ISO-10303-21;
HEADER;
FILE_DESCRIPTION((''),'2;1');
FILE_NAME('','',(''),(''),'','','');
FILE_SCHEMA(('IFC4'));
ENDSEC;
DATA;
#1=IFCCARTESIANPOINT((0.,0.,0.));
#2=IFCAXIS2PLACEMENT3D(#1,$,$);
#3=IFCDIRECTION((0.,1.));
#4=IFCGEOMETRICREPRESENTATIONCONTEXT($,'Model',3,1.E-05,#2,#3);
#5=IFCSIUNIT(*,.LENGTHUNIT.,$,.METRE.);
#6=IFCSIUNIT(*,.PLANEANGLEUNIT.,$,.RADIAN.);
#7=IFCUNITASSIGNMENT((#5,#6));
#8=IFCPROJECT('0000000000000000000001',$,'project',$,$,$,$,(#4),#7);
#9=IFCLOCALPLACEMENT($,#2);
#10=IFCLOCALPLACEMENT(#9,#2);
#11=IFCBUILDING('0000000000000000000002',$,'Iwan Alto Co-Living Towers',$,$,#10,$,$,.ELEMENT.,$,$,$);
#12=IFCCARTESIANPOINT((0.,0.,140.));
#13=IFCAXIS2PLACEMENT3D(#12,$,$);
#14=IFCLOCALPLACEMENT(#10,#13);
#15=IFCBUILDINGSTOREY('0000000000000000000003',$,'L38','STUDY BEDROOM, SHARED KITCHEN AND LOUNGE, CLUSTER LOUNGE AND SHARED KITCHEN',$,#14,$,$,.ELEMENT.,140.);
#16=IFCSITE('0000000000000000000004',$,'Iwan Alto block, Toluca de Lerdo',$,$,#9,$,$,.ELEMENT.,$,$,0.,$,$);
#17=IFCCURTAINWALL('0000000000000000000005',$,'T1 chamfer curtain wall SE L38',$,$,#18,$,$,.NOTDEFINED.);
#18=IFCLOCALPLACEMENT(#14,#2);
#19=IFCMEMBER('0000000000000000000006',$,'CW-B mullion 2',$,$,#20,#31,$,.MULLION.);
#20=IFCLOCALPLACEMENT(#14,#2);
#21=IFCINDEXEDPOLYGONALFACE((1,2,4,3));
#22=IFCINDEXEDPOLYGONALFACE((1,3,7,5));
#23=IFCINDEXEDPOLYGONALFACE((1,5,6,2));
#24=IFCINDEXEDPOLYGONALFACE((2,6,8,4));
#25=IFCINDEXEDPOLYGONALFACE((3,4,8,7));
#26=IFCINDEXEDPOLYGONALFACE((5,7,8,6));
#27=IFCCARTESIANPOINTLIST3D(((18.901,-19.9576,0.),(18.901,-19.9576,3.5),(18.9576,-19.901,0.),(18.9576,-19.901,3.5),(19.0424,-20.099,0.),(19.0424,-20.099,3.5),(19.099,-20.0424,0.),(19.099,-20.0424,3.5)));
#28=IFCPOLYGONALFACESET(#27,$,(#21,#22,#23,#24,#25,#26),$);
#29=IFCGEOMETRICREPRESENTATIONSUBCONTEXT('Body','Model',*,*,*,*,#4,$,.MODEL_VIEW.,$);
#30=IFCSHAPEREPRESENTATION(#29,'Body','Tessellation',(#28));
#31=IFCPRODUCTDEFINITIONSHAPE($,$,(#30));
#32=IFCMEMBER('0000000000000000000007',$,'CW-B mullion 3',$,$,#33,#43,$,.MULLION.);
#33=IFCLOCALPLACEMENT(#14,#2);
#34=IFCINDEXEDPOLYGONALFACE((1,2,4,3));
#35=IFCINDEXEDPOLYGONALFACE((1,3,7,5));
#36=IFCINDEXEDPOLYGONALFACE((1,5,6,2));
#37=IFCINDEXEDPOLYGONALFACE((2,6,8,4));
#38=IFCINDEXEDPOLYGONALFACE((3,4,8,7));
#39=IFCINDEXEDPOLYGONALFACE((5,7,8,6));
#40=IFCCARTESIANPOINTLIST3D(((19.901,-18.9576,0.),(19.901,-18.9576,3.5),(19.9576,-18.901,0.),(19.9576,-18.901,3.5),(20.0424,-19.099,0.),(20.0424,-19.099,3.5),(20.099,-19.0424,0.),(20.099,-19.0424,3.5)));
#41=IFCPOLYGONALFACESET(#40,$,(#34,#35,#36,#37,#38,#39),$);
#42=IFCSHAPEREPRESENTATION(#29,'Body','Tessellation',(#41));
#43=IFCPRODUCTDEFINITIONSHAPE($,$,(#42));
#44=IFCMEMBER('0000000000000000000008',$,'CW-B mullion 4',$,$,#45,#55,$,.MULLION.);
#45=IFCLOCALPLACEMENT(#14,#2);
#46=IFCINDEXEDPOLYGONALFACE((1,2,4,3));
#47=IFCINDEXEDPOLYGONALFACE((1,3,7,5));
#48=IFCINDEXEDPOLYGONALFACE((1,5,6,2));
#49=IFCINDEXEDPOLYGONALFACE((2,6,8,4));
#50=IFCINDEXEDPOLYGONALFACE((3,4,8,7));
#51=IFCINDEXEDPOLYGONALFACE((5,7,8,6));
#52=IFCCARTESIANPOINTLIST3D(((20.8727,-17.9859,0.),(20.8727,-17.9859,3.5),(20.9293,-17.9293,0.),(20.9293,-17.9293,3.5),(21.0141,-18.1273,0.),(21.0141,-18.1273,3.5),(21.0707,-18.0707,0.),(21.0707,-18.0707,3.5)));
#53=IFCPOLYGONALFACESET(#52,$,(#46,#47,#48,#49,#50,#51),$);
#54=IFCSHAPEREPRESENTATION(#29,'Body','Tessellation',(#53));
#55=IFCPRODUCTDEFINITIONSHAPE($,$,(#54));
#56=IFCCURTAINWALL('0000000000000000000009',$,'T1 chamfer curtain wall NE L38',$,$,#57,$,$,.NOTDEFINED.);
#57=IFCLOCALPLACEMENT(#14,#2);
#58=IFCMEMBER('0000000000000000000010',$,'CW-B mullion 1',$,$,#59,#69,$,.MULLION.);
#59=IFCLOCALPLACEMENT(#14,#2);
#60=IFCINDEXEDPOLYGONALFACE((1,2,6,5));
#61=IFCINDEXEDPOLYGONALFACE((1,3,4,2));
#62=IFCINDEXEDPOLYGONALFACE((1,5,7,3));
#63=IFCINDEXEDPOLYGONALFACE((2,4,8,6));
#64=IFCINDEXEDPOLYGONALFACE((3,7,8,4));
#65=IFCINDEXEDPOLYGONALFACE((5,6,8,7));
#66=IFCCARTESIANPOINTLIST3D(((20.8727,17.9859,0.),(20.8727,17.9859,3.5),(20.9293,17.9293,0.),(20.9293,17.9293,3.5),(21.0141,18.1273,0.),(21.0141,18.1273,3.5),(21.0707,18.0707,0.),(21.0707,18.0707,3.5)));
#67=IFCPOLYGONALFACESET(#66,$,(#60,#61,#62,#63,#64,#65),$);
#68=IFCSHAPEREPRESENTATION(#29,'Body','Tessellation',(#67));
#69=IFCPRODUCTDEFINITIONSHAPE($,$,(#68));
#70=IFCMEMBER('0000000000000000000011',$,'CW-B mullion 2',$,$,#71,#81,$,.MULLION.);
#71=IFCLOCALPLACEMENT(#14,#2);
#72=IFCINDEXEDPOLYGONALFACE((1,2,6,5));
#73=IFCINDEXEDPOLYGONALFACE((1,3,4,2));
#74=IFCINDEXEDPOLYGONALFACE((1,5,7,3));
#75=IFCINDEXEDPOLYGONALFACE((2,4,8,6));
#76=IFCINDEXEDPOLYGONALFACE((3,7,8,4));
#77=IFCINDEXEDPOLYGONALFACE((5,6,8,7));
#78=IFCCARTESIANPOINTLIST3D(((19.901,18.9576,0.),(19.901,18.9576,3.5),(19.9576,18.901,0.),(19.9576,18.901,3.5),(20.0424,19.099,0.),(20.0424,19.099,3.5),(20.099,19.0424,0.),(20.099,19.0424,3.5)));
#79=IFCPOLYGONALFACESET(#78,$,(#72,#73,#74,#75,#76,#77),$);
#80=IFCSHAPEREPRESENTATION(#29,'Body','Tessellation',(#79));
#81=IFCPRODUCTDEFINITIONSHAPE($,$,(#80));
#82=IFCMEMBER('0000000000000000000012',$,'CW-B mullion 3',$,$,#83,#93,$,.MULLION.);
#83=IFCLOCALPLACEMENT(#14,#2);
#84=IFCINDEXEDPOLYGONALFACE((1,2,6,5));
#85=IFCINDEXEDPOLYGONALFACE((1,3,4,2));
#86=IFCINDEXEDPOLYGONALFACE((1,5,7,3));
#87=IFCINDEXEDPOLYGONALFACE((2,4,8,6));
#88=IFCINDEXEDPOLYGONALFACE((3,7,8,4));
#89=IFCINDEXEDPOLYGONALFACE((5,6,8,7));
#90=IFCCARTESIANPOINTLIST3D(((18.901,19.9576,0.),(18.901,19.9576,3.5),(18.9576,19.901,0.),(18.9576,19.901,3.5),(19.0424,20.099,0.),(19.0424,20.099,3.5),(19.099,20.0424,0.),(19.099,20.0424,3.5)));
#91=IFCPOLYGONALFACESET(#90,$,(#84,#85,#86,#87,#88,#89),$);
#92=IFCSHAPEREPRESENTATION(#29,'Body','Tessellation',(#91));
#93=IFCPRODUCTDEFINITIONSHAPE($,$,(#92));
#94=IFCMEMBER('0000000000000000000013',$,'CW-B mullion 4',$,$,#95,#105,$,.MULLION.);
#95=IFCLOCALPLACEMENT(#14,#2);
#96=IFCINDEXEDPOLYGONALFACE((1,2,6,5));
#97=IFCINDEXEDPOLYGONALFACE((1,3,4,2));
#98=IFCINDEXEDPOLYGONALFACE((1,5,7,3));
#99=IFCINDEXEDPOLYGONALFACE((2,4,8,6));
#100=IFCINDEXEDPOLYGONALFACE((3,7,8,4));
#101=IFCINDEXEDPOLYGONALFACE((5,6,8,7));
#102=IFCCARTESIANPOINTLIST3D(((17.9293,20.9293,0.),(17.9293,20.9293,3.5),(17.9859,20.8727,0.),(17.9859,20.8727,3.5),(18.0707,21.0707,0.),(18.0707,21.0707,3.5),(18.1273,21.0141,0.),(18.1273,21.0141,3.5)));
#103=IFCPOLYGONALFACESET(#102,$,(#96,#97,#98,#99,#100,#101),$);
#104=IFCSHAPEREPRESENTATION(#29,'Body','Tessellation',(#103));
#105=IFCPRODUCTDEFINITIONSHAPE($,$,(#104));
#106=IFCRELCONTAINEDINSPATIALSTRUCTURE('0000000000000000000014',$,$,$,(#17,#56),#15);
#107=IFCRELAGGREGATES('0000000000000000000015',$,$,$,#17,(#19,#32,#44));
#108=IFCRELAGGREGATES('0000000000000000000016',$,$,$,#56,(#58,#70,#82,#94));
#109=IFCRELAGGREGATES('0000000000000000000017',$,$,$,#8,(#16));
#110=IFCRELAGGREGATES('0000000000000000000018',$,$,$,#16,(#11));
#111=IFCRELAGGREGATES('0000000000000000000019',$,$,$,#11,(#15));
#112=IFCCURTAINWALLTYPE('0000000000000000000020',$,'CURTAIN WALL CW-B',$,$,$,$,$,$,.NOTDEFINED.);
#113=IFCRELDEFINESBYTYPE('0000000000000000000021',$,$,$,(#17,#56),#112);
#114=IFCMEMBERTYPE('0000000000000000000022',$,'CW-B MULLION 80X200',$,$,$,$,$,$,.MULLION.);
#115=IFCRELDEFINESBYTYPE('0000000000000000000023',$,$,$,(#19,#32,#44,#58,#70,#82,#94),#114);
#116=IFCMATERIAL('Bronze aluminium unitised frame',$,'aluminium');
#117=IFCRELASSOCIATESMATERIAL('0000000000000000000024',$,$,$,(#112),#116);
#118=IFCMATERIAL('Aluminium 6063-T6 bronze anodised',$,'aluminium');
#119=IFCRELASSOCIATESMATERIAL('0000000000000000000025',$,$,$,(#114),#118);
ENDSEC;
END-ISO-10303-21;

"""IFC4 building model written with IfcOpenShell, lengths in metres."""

from ifc_helpers import new_model, si_unit, direction, frame, origin, origin_2d, place, context, subcontext, project, spatial, rectangle, extrude, material, material_profile, profile_set, type_object, element, aggregate, save


model = new_model("IFC4")

# Units and contexts
model_context = context("Model", 3, precision=1e-05, world=origin(), true_north=direction((0.0, 1.0)))
body_context = subcontext(model_context, "Body", "Model", "MODEL_VIEW")
ifc_project = project(units=[si_unit("LENGTHUNIT", "METRE"), si_unit("PLANEANGLEUNIT", "RADIAN")], contexts=[model_context])

# Site, building, storey
site_placement = place(None, origin())
site = spatial("IfcSite", under=ifc_project, at=site_placement, Name="Iwan Alto block, Toluca de Lerdo", CompositionType="ELEMENT", RefElevation=0.0)
building_placement = place(site_placement, origin())
building = spatial("IfcBuilding", under=site, at=building_placement, Name="Iwan Alto Co-Living Towers", CompositionType="ELEMENT")
storey_placement = place(building_placement, frame((0.0, 0.0, 140.0)))
storey = spatial("IfcBuildingStorey", under=building, at=storey_placement, Name="L38", Description="STUDY BEDROOM, SHARED KITCHEN AND LOUNGE, CLUSTER LOUNGE AND SHARED KITCHEN", CompositionType="ELEMENT", Elevation=140.0)

# Curtain walls, members
ifc_material_1 = material(Name="Bronze aluminium unitised frame", Category="aluminium")
curtain_wall_type_1 = type_object("IfcCurtainWallType", Name="CURTAIN WALL CW-B", PredefinedType="NOTDEFINED", material=ifc_material_1)
curtain_wall_1_placement = place(storey_placement, origin())
curtain_wall_1 = element("IfcCurtainWall", 1, at=curtain_wall_1_placement, inside=storey, type_object=curtain_wall_type_1, Name="T1 chamfer curtain wall SE L38", PredefinedType="NOTDEFINED")
ifc_material_2 = material(Name="Aluminium 6063-T6 bronze anodised", Category="aluminium")
ifc_material_profile_1 = material_profile(ifc_material_2, rectangle(XDim=0.2, YDim=0.0801, at=origin_2d()), Name="AL 80X200")
ifc_profile_set_1 = profile_set([ifc_material_profile_1], Name="Aluminium 6063-T6 bronze anodised")
member_type_1 = type_object("IfcMemberType", Name="CW-B MULLION 80X200", PredefinedType="MULLION", material=ifc_profile_set_1)
member_1_placement = place(storey_placement, frame((19.0, -20.0, 0.0), z_axis=(0.0, 0.0, 1.0), x_axis=(-0.707107, 0.707107, 0.0)))
member_1 = element("IfcMember", 2, at=member_1_placement, type_object=member_type_1, Name="CW-B mullion 2", PredefinedType="MULLION", context=body_context, shape_type="SweptSolid", body=[
    extrude(rectangle(XDim=0.2, YDim=0.0801, at=origin_2d()), origin(), (0.0, 0.0, 1.0), 3.5),
])
member_2_placement = place(storey_placement, frame((20.0, -19.0, 0.0), z_axis=(0.0, 0.0, 1.0), x_axis=(-0.707107, 0.707107, 0.0)))
member_2 = element("IfcMember", 3, at=member_2_placement, type_object=member_type_1, Name="CW-B mullion 3", PredefinedType="MULLION", context=body_context, shape_type="SweptSolid", body=[
    extrude(rectangle(XDim=0.2, YDim=0.0801, at=origin_2d()), origin(), (0.0, 0.0, 1.0), 3.5),
])
member_3_placement = place(storey_placement, frame((20.9717, -18.0283, 0.0), z_axis=(0.0, 0.0, 1.0), x_axis=(-0.707107, 0.707107, 0.0)))
member_3 = element("IfcMember", 4, at=member_3_placement, type_object=member_type_1, Name="CW-B mullion 4", PredefinedType="MULLION", context=body_context, shape_type="SweptSolid", body=[
    extrude(rectangle(XDim=0.2, YDim=0.0801, at=origin_2d()), origin(), (0.0, 0.0, 1.0), 3.5),
])
aggregate(curtain_wall_1, [member_1, member_2, member_3])
curtain_wall_2_placement = place(storey_placement, origin())
curtain_wall_2 = element("IfcCurtainWall", 5, at=curtain_wall_2_placement, inside=storey, type_object=curtain_wall_type_1, Name="T1 chamfer curtain wall NE L38", PredefinedType="NOTDEFINED")
member_4_placement = place(storey_placement, frame((20.9717, 18.0283, 0.0), z_axis=(0.0, 0.0, 1.0), x_axis=(-0.707107, -0.707107, 0.0)))
member_4 = element("IfcMember", 6, at=member_4_placement, type_object=member_type_1, Name="CW-B mullion 1", PredefinedType="MULLION", context=body_context, shape_type="SweptSolid", body=[
    extrude(rectangle(XDim=0.2, YDim=0.0801, at=origin_2d()), origin(), (0.0, 0.0, 1.0), 3.5),
])
member_5_placement = place(storey_placement, frame((20.0, 19.0, 0.0), z_axis=(0.0, 0.0, 1.0), x_axis=(-0.707107, -0.707107, 0.0)))
member_5 = element("IfcMember", 7, at=member_5_placement, type_object=member_type_1, Name="CW-B mullion 2", PredefinedType="MULLION", context=body_context, shape_type="SweptSolid", body=[
    extrude(rectangle(XDim=0.2, YDim=0.0801, at=origin_2d()), origin(), (0.0, 0.0, 1.0), 3.5),
])
member_6_placement = place(storey_placement, frame((19.0, 20.0, 0.0), z_axis=(0.0, 0.0, 1.0), x_axis=(-0.707107, -0.707107, 0.0)))
member_6 = element("IfcMember", 8, at=member_6_placement, type_object=member_type_1, Name="CW-B mullion 3", PredefinedType="MULLION", context=body_context, shape_type="SweptSolid", body=[
    extrude(rectangle(XDim=0.2, YDim=0.0801, at=origin_2d()), origin(), (0.0, 0.0, 1.0), 3.5),
])
member_7_placement = place(storey_placement, frame((18.0283, 20.9717, 0.0), z_axis=(0.0, 0.0, 1.0), x_axis=(-0.707107, -0.707107, 0.0)))
member_7 = element("IfcMember", 9, at=member_7_placement, type_object=member_type_1, Name="CW-B mullion 4", PredefinedType="MULLION", context=body_context, shape_type="SweptSolid", body=[
    extrude(rectangle(XDim=0.2, YDim=0.0801, at=origin_2d()), origin(), (0.0, 0.0, 1.0), 3.5),
])
aggregate(curtain_wall_2, [member_4, member_5, member_6, member_7])

save(model, "model.ifc")
